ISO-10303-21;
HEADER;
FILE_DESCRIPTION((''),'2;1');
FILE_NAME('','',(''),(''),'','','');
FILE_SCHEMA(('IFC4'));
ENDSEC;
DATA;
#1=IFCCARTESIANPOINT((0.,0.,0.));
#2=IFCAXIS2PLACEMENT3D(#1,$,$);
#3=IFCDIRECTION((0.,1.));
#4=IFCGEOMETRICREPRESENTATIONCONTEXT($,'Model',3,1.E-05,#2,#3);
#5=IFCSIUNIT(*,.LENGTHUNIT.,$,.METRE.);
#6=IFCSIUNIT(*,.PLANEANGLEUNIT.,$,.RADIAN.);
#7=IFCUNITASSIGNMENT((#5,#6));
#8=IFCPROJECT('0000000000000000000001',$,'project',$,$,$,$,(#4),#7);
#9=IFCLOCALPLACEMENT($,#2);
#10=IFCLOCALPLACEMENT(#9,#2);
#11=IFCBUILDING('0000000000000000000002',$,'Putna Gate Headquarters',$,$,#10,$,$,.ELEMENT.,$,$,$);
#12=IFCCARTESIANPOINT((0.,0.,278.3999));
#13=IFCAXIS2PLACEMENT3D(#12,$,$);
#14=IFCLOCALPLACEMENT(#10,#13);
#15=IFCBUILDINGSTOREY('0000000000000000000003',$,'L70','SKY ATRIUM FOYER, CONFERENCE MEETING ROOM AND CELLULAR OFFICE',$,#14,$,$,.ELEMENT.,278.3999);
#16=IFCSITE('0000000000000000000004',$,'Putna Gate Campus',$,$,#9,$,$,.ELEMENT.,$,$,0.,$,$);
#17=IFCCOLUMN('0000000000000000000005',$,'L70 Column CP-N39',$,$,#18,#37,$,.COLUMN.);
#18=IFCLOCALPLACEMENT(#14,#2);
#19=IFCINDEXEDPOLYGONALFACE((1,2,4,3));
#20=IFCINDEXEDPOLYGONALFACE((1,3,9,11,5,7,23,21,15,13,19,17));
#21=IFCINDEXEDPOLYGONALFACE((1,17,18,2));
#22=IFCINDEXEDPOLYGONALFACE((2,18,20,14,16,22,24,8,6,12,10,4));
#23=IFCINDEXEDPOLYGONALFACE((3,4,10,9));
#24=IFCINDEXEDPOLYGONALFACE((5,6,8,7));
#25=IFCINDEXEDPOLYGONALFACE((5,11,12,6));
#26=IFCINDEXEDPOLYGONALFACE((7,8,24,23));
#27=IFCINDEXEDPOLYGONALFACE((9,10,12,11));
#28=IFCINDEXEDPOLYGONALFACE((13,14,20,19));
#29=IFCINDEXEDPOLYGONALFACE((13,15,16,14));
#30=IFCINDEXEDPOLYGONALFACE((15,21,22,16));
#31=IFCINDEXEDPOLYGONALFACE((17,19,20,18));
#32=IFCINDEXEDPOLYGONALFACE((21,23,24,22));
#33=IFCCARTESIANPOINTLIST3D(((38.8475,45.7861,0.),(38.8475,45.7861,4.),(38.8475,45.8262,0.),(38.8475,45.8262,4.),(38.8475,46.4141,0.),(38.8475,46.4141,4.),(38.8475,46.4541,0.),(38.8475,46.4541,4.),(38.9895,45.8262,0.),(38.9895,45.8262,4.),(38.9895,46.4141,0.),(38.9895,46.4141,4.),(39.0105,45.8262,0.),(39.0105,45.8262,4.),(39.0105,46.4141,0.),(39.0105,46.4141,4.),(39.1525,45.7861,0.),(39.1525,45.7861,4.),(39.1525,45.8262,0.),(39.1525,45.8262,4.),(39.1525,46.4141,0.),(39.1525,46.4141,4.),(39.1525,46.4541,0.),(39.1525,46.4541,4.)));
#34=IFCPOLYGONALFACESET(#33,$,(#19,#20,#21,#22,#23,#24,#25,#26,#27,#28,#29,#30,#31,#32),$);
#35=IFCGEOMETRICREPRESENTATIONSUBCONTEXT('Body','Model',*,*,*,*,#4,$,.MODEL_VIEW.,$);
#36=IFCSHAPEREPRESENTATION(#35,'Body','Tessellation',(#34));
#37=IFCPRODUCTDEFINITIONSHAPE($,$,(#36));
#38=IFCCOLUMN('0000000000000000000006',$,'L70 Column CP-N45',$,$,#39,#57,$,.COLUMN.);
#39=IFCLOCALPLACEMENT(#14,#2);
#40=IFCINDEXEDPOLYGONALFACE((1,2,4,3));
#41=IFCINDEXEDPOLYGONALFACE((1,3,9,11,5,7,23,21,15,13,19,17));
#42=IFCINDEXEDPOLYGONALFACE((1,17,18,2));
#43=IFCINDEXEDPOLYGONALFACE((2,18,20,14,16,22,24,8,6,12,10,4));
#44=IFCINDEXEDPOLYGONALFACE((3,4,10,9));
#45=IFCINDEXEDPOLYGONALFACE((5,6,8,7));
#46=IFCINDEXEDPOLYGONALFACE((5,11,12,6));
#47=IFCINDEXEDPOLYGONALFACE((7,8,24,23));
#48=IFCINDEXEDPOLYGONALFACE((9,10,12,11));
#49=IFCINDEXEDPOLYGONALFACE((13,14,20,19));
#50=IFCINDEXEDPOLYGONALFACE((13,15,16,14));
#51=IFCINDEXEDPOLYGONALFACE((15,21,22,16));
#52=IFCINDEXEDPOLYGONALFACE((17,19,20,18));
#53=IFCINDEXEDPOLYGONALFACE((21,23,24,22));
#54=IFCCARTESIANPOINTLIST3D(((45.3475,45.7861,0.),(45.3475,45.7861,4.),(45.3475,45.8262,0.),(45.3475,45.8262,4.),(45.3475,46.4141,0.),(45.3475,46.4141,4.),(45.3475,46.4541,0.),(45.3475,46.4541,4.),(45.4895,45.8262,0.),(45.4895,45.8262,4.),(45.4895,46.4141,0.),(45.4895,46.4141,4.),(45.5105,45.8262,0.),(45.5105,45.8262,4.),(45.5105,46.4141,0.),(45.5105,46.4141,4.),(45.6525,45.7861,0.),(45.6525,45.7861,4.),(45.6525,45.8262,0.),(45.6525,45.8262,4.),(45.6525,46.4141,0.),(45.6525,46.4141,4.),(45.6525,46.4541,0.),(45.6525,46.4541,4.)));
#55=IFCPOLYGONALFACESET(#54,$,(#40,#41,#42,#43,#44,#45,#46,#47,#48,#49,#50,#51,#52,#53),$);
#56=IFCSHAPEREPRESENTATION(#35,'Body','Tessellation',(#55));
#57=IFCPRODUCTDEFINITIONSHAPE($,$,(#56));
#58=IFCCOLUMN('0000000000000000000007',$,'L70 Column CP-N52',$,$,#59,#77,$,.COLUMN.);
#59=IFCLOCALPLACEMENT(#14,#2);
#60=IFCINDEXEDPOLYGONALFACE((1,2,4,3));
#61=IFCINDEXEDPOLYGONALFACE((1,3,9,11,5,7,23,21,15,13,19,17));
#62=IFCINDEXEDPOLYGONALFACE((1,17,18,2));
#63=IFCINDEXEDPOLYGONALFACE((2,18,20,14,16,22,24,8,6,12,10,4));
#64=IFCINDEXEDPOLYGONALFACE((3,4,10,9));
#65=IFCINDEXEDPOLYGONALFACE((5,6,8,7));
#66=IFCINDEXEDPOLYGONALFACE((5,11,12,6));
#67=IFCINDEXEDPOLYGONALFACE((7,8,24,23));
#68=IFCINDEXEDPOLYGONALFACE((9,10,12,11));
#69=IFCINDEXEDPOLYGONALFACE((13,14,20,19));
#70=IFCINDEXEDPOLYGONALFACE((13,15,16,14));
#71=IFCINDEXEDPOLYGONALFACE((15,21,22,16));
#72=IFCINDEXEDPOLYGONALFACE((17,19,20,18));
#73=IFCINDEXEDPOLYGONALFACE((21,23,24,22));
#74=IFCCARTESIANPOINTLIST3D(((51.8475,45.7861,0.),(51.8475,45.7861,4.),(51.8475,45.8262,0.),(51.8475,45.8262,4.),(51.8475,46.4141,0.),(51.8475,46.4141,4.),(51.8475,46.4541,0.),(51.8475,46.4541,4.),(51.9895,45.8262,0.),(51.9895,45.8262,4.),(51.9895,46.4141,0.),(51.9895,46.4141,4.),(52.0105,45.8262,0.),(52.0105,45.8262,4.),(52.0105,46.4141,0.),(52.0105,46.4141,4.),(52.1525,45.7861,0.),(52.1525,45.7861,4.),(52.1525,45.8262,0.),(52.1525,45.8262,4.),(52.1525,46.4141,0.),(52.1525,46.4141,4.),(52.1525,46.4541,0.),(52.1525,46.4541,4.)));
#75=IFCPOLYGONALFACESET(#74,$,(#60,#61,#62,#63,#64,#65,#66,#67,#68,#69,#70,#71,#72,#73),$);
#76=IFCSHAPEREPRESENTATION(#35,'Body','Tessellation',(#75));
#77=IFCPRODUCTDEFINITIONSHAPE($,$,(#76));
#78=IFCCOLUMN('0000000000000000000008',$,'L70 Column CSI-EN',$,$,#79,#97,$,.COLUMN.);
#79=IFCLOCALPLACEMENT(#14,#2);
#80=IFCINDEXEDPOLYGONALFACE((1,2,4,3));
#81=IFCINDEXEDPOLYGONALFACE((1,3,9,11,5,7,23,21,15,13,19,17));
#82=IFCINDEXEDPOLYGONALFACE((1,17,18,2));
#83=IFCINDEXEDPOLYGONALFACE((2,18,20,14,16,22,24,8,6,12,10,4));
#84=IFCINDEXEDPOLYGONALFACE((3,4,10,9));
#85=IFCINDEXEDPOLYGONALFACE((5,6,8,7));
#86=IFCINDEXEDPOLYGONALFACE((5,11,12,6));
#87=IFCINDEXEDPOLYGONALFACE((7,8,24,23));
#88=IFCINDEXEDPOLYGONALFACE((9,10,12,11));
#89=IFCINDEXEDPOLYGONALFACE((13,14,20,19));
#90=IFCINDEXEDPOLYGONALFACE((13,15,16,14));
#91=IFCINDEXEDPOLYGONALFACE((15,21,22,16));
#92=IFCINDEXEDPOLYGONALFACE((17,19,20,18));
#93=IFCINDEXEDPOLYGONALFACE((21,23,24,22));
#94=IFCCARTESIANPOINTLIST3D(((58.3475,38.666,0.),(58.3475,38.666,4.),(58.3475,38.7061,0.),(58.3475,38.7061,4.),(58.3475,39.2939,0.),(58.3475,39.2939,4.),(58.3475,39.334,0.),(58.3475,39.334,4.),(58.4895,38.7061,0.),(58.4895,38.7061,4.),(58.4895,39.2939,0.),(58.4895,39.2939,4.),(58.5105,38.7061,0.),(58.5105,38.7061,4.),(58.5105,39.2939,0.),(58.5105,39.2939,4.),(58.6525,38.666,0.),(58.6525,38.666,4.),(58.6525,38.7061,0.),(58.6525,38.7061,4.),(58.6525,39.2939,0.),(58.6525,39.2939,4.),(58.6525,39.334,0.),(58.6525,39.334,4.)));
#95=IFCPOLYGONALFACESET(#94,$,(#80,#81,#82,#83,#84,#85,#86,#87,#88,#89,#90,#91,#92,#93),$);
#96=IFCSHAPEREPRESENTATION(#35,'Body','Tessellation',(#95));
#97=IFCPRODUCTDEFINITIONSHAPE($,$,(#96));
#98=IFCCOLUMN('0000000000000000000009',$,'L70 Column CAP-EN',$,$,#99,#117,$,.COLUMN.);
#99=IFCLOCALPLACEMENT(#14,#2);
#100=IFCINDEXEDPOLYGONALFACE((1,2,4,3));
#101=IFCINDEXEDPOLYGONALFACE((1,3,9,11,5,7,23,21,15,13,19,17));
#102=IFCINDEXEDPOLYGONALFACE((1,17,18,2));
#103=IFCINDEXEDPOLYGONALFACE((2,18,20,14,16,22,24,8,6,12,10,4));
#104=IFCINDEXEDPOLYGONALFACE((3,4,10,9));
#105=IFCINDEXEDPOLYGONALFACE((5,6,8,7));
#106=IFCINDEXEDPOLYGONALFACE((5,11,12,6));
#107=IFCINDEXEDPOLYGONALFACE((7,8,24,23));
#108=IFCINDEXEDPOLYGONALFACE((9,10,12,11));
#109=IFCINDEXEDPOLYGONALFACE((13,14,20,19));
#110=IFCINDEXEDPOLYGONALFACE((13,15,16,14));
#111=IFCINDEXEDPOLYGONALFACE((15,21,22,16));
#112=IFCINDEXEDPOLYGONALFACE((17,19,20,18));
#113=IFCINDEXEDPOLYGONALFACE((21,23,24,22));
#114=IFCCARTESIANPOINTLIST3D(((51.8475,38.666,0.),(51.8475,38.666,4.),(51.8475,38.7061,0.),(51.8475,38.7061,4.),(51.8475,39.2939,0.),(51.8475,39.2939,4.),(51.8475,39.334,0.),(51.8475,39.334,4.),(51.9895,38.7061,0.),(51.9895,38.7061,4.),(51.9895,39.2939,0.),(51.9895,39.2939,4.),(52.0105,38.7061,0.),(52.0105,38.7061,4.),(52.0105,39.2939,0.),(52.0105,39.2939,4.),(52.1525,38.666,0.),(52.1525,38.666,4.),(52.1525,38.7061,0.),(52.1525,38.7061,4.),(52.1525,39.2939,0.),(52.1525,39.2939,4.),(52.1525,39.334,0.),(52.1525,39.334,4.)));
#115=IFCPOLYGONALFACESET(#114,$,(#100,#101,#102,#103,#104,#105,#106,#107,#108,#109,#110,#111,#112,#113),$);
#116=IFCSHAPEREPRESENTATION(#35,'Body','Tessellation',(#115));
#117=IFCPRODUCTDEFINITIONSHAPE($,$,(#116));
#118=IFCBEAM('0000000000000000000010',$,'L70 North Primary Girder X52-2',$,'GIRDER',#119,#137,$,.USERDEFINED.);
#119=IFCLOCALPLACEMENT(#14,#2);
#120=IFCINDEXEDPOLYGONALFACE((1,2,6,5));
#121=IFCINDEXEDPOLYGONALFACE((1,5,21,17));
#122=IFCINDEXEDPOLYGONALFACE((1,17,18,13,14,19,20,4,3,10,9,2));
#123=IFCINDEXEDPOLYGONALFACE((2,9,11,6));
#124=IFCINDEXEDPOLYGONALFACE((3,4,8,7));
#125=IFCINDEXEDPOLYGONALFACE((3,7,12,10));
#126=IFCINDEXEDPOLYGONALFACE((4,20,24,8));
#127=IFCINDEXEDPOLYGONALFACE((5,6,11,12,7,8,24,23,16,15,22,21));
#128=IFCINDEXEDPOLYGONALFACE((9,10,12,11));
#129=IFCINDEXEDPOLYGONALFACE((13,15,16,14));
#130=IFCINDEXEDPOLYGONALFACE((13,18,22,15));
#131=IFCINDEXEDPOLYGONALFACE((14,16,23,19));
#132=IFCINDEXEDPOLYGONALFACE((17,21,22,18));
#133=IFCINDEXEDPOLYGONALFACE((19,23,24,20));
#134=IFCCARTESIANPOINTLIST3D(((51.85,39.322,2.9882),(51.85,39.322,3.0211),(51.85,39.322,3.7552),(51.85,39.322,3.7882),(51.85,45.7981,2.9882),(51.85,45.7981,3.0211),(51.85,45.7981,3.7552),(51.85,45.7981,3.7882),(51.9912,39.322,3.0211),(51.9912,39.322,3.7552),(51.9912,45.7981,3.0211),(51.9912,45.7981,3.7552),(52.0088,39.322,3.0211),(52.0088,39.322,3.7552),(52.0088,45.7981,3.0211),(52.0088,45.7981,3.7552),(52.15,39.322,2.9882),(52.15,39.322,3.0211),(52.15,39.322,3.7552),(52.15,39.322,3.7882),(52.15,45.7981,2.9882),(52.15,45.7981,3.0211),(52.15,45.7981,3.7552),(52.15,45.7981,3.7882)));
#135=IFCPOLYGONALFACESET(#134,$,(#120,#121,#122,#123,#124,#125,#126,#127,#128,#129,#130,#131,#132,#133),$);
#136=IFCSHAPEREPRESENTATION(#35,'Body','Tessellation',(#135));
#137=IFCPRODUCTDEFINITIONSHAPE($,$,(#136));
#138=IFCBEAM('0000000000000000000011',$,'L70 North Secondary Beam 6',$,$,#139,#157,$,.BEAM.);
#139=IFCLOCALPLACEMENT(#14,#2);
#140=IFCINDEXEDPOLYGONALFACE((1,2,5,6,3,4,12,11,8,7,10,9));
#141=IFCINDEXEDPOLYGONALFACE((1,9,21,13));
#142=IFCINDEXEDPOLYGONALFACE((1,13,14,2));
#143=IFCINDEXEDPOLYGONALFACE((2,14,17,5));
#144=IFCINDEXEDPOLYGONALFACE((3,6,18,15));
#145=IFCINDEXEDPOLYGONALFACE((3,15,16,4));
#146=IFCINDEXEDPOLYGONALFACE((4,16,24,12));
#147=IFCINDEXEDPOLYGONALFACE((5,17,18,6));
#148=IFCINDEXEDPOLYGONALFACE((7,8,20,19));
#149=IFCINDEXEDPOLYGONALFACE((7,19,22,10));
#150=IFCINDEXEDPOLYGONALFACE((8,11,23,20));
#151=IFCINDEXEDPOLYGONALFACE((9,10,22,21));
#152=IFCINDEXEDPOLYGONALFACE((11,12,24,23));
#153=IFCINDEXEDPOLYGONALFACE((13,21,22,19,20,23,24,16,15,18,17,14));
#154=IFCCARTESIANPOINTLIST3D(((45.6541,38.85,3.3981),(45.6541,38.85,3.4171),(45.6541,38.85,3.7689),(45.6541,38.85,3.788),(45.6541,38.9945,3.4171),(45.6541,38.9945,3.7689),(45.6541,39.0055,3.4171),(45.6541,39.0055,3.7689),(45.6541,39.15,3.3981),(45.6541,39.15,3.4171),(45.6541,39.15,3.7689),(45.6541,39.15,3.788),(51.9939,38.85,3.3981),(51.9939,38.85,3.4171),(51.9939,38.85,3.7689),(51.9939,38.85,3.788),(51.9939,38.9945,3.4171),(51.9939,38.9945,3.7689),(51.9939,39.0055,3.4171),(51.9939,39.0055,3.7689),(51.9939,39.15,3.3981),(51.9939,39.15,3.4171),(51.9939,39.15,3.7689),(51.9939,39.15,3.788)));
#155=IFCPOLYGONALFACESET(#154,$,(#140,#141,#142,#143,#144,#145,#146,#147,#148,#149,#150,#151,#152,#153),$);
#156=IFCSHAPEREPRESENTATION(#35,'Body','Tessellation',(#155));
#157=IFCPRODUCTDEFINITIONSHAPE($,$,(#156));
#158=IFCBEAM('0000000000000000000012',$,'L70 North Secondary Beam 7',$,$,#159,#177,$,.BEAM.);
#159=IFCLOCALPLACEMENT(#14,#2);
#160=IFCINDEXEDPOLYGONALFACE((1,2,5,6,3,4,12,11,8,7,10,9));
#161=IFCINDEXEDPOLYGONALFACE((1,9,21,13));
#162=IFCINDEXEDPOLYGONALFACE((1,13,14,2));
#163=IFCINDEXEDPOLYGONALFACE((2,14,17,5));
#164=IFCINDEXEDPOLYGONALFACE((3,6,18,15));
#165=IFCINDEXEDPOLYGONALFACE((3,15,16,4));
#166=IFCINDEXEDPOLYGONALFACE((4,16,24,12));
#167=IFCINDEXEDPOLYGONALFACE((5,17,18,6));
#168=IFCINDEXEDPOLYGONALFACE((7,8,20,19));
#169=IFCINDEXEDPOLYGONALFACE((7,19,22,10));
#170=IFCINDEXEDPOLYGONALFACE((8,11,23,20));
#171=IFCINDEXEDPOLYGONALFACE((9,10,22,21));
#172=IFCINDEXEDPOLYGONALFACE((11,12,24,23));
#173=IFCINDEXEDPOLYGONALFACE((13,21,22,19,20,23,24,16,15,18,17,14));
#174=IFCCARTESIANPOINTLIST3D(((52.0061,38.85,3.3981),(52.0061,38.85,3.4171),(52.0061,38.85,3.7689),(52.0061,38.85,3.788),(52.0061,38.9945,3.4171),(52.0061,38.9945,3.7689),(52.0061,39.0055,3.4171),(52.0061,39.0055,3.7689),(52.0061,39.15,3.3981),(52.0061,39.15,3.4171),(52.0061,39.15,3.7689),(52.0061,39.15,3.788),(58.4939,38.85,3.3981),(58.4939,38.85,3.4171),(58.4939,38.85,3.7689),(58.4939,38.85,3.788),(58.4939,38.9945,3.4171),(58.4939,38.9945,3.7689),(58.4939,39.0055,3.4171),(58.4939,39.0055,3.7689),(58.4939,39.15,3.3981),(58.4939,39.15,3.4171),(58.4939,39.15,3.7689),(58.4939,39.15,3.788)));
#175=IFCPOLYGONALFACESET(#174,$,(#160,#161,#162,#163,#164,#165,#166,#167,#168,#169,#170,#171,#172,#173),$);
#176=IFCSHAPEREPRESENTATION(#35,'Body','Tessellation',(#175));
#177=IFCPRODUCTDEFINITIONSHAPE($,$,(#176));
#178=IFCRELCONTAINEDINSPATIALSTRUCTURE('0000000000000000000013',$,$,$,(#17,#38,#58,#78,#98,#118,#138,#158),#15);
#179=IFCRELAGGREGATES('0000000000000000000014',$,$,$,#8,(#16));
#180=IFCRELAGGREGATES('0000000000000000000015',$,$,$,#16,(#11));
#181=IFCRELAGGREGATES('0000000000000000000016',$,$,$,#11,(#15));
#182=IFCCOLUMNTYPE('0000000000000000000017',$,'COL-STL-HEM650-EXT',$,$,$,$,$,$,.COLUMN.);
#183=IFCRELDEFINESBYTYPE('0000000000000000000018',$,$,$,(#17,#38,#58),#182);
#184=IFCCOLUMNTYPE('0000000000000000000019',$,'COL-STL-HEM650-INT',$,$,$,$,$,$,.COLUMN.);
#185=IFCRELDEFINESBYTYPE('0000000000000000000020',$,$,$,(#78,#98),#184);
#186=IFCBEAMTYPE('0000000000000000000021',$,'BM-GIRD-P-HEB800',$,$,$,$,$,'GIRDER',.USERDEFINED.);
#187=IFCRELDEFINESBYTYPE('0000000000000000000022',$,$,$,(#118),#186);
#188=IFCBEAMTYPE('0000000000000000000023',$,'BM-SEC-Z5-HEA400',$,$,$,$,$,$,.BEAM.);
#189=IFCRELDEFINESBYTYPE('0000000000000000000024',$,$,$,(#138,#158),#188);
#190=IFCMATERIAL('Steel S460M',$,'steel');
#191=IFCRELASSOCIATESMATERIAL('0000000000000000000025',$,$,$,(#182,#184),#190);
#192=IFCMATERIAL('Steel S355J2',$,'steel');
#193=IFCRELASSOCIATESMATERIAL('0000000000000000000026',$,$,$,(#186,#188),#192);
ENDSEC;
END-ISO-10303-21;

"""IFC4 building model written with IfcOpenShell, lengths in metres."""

from ifc_helpers import new_model, si_unit, direction, frame, origin, origin_2d, place, context, subcontext, project, spatial, i_section, extrude, material, material_profile, profile_set, type_object, element, save


model = new_model("IFC4")

# Units and contexts
model_context = context("Model", 3, precision=1e-05, world=origin(), true_north=direction((0.0, 1.0)))
body_context = subcontext(model_context, "Body", "Model", "MODEL_VIEW")
ifc_project = project(units=[si_unit("LENGTHUNIT", "METRE"), si_unit("PLANEANGLEUNIT", "RADIAN")], contexts=[model_context])

# Site, building, storey
site_placement = place(None, origin())
site = spatial("IfcSite", under=ifc_project, at=site_placement, Name="Putna Gate Campus", CompositionType="ELEMENT", RefElevation=0.0)
building_placement = place(site_placement, origin())
building = spatial("IfcBuilding", under=site, at=building_placement, Name="Putna Gate Headquarters", CompositionType="ELEMENT")
storey_placement = place(building_placement, frame((0.0, 0.0, 278.3999)))
storey = spatial("IfcBuildingStorey", under=building, at=storey_placement, Name="L70", Description="SKY ATRIUM FOYER, CONFERENCE MEETING ROOM AND CELLULAR OFFICE", CompositionType="ELEMENT", Elevation=278.3999)

# Columns
ifc_material_1 = material(Name="Steel S460M", Category="steel")
ifc_material_profile_1 = material_profile(ifc_material_1, i_section(OverallWidth=0.3049, OverallDepth=0.668, WebThickness=0.021, FlangeThickness=0.04, at=origin_2d()), Name="Steel S460M")
ifc_profile_set_1 = profile_set([ifc_material_profile_1], Name="Steel S460M")
column_type_1 = type_object("IfcColumnType", Name="COL-STL-HEM650-EXT", PredefinedType="COLUMN", material=ifc_profile_set_1)
for number, where, z_axis, x_axis, name in (
    (1, (39.0, 46.1201, 0.0), (0.0, 0.0, 1.0), (1.0, 0.0, 0.0), "L70 Column CP-N39"),
    (2, (45.5, 46.1201, 0.0), (0.0, 0.0, 1.0), (1.0, 0.0, 0.0), "L70 Column CP-N45"),
    (3, (52.0, 46.1201, 0.0), (0.0, 0.0, 1.0), (1.0, 0.0, 0.0), "L70 Column CP-N52"),
):
    element("IfcColumn", number, at=place(storey_placement, frame(where, z_axis=z_axis, x_axis=x_axis)), inside=storey, type_object=column_type_1, Name=name, PredefinedType="COLUMN", context=body_context, shape_type="SweptSolid", body=[
        extrude(i_section(OverallWidth=0.3049, OverallDepth=0.668, WebThickness=0.021, FlangeThickness=0.04, at=origin_2d()), origin(), (0.0, 0.0, 1.0), 4.0),
    ])
ifc_material_profile_2 = material_profile(ifc_material_1, i_section(OverallWidth=0.3049, OverallDepth=0.668, WebThickness=0.021, FlangeThickness=0.04, at=origin_2d()), Name="Steel S460M")
ifc_profile_set_2 = profile_set([ifc_material_profile_2], Name="Steel S460M")
column_type_2 = type_object("IfcColumnType", Name="COL-STL-HEM650-INT", PredefinedType="COLUMN", material=ifc_profile_set_2)
for number, where, z_axis, x_axis, name in (
    (4, (58.5, 39.0, 0.0), (0.0, 0.0, 1.0), (1.0, 0.0, 0.0), "L70 Column CSI-EN"),
    (5, (52.0, 39.0, 0.0), (0.0, 0.0, 1.0), (1.0, 0.0, 0.0), "L70 Column CAP-EN"),
):
    element("IfcColumn", number, at=place(storey_placement, frame(where, z_axis=z_axis, x_axis=x_axis)), inside=storey, type_object=column_type_2, Name=name, PredefinedType="COLUMN", context=body_context, shape_type="SweptSolid", body=[
        extrude(i_section(OverallWidth=0.3049, OverallDepth=0.668, WebThickness=0.021, FlangeThickness=0.04, at=origin_2d()), origin(), (0.0, 0.0, 1.0), 4.0),
    ])

# Beams
ifc_material_2 = material(Name="Steel S355J2", Category="steel")
ifc_material_profile_3 = material_profile(ifc_material_2, i_section(OverallWidth=0.3, OverallDepth=0.8, WebThickness=0.0176, FlangeThickness=0.033, at=origin_2d()), Name="Steel S355J2")
ifc_profile_set_3 = profile_set([ifc_material_profile_3], Name="Steel S355J2")
beam_type_1 = type_object("IfcBeamType", Name="BM-GIRD-P-HEB800", ElementType="GIRDER", PredefinedType="USERDEFINED", material=ifc_profile_set_3)
beam_1_placement = place(storey_placement, frame((52.0, 39.322, 3.3882), z_axis=(0.0, 1.0, 0.0), x_axis=(-1.0, 0.0, 0.0)))
element("IfcBeam", 6, at=beam_1_placement, inside=storey, type_object=beam_type_1, Name="L70 North Primary Girder X52-2", ObjectType="GIRDER", PredefinedType="USERDEFINED", context=body_context, shape_type="SweptSolid", body=[
    extrude(i_section(OverallWidth=0.3, OverallDepth=0.8, WebThickness=0.0176, FlangeThickness=0.033, at=origin_2d()), origin(), (0.0, 0.0, 1.0), 6.4761),
])
ifc_material_profile_4 = material_profile(ifc_material_2, i_section(OverallWidth=0.3, OverallDepth=0.3899, WebThickness=0.011, FlangeThickness=0.019, at=origin_2d()), Name="Steel S355J2")
ifc_profile_set_4 = profile_set([ifc_material_profile_4], Name="Steel S355J2")
beam_type_2 = type_object("IfcBeamType", Name="BM-SEC-Z5-HEA400", PredefinedType="BEAM", material=ifc_profile_set_4)
beam_2_placement = place(storey_placement, frame((45.6541, 39.0, 3.593), z_axis=(1.0, 0.0, 0.0), x_axis=(0.0, 1.0, 0.0)))
element("IfcBeam", 7, at=beam_2_placement, inside=storey, type_object=beam_type_2, Name="L70 North Secondary Beam 6", PredefinedType="BEAM", context=body_context, shape_type="SweptSolid", body=[
    extrude(i_section(OverallWidth=0.3, OverallDepth=0.3899, WebThickness=0.011, FlangeThickness=0.019, at=origin_2d()), origin(), (0.0, 0.0, 1.0), 6.3398),
])
beam_3_placement = place(storey_placement, frame((52.0061, 39.0, 3.593), z_axis=(1.0, 0.0, 0.0), x_axis=(0.0, 1.0, 0.0)))
element("IfcBeam", 8, at=beam_3_placement, inside=storey, type_object=beam_type_2, Name="L70 North Secondary Beam 7", PredefinedType="BEAM", context=body_context, shape_type="SweptSolid", body=[
    extrude(i_section(OverallWidth=0.3, OverallDepth=0.3899, WebThickness=0.011, FlangeThickness=0.019, at=origin_2d()), origin(), (0.0, 0.0, 1.0), 6.4878),
])

save(model, "model.ifc")
